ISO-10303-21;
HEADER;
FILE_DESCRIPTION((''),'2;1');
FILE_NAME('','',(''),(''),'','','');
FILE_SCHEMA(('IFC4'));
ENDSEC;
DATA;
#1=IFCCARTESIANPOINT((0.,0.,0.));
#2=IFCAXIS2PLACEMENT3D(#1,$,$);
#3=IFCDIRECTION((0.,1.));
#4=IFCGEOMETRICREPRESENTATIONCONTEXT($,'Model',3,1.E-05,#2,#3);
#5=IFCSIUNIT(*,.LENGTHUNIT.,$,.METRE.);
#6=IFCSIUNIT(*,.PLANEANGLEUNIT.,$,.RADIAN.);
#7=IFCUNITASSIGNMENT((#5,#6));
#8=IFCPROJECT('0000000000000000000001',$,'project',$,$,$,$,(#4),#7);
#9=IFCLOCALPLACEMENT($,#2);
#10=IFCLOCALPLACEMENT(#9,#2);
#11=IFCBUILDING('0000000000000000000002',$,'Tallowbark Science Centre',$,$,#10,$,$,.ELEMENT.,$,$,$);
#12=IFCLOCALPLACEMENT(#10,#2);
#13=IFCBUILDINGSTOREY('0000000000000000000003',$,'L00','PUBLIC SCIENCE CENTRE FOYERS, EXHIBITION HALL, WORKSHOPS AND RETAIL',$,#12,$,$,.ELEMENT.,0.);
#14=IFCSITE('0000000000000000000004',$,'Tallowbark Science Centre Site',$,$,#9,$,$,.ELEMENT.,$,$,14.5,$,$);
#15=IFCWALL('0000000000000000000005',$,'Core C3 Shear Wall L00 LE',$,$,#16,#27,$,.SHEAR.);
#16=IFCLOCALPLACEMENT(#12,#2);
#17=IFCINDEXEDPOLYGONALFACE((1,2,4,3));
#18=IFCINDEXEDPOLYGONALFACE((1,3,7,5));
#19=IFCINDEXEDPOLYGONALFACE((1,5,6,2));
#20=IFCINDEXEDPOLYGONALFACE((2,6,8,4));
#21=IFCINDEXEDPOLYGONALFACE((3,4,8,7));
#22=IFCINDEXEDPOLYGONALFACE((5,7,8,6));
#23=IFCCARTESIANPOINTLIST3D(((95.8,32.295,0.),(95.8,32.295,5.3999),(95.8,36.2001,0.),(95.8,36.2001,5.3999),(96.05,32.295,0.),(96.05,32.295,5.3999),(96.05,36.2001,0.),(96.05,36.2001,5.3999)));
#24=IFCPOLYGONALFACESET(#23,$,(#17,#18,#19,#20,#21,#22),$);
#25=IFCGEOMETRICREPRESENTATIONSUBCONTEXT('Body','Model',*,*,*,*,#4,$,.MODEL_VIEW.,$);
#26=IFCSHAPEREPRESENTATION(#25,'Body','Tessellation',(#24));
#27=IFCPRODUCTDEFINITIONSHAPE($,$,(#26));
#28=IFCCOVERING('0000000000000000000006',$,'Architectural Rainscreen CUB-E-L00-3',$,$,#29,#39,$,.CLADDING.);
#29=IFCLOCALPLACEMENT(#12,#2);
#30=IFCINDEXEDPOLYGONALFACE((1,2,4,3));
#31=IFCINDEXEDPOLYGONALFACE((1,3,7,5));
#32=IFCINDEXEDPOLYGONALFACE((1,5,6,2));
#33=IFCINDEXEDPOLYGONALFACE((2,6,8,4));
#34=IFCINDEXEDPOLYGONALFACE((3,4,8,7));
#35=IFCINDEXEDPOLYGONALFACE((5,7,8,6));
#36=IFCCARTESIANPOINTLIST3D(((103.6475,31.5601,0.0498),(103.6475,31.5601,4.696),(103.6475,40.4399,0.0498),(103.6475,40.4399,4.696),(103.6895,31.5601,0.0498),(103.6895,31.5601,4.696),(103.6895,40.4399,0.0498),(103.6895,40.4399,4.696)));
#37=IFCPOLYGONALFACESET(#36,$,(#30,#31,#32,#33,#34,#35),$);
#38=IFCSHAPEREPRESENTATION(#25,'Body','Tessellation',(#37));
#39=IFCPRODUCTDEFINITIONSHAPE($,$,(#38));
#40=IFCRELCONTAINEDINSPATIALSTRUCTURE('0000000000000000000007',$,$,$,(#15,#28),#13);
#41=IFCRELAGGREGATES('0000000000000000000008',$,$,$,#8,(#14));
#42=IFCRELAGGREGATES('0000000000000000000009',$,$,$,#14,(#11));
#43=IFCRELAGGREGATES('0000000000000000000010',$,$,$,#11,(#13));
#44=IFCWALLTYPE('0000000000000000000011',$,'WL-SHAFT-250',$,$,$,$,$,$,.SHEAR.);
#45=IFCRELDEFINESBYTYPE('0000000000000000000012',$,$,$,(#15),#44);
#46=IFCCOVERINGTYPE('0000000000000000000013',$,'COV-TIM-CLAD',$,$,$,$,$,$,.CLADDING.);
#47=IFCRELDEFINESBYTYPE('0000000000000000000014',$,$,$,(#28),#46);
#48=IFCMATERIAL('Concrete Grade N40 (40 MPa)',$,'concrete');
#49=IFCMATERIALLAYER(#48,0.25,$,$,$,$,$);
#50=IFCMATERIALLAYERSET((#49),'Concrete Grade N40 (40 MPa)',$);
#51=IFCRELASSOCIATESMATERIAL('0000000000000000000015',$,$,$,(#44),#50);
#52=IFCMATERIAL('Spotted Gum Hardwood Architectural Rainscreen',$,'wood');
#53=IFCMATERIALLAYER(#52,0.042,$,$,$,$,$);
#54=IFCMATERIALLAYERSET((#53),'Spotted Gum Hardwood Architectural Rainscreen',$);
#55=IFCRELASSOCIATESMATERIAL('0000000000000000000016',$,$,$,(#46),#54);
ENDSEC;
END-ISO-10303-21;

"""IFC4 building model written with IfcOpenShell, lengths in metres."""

from ifc_helpers import new_model, si_unit, direction, frame, frame_2d, origin, origin_2d, place, context, subcontext, project, spatial, rectangle, extrude, material, layer, layer_set, type_object, element, save


model = new_model("IFC4")

# Units and contexts
model_context = context("Model", 3, precision=1e-05, world=origin(), true_north=direction((0.0, 1.0)))
body_context = subcontext(model_context, "Body", "Model", "MODEL_VIEW")
ifc_project = project(units=[si_unit("LENGTHUNIT", "METRE"), si_unit("PLANEANGLEUNIT", "RADIAN")], contexts=[model_context])

# Site, building, storey
site_placement = place(None, origin())
site = spatial("IfcSite", under=ifc_project, at=site_placement, Name="Tallowbark Science Centre Site", CompositionType="ELEMENT", RefElevation=14.5)
building_placement = place(site_placement, origin())
building = spatial("IfcBuilding", under=site, at=building_placement, Name="Tallowbark Science Centre", CompositionType="ELEMENT")
storey_placement = place(building_placement, origin())
storey = spatial("IfcBuildingStorey", under=building, at=storey_placement, Name="L00", Description="PUBLIC SCIENCE CENTRE FOYERS, EXHIBITION HALL, WORKSHOPS AND RETAIL", CompositionType="ELEMENT", Elevation=0.0)

# Wall
ifc_material_1 = material(Name="Concrete Grade N40 (40 MPa)", Category="concrete")
ifc_layer_1 = layer(ifc_material_1, 0.25)
ifc_layer_set_1 = layer_set([ifc_layer_1], Name="Concrete Grade N40 (40 MPa)")
wall_type_1 = type_object("IfcWallType", Name="WL-SHAFT-250", PredefinedType="SHEAR", material=ifc_layer_set_1)
wall_1_placement = place(storey_placement, frame((95.925, 32.2949, 0.0), z_axis=(0.0, 0.0, 1.0), x_axis=(0.0, 1.0, 0.0)))
element("IfcWall", 1, at=wall_1_placement, inside=storey, type_object=wall_type_1, Name="Core C3 Shear Wall L00 LE", PredefinedType="SHEAR", context=body_context, shape_type="SweptSolid", body=[
    extrude(rectangle(XDim=3.905, YDim=0.25, at=frame_2d((1.9526, 0.0))), origin(), (0.0, 0.0, 1.0), 5.3999),
])

# Covering
ifc_material_2 = material(Name="Spotted Gum Hardwood Architectural Rainscreen", Category="wood")
ifc_layer_2 = layer(ifc_material_2, 0.042)
ifc_layer_set_2 = layer_set([ifc_layer_2], Name="Spotted Gum Hardwood Architectural Rainscreen")
covering_type = type_object("IfcCoveringType", Name="COV-TIM-CLAD", PredefinedType="CLADDING", material=ifc_layer_set_2)
covering_placement = place(storey_placement, frame((103.6685, 36.0, 0.0498), z_axis=(0.0, 0.0, 1.0), x_axis=(0.0, 1.0, 0.0)))
element("IfcCovering", 2, at=covering_placement, inside=storey, type_object=covering_type, Name="Architectural Rainscreen CUB-E-L00-3", PredefinedType="CLADDING", context=body_context, shape_type="SweptSolid", body=[
    extrude(rectangle(XDim=8.8799, YDim=0.042, at=origin_2d()), origin(), (0.0, 0.0, 1.0), 4.6462),
])

save(model, "model.ifc")
